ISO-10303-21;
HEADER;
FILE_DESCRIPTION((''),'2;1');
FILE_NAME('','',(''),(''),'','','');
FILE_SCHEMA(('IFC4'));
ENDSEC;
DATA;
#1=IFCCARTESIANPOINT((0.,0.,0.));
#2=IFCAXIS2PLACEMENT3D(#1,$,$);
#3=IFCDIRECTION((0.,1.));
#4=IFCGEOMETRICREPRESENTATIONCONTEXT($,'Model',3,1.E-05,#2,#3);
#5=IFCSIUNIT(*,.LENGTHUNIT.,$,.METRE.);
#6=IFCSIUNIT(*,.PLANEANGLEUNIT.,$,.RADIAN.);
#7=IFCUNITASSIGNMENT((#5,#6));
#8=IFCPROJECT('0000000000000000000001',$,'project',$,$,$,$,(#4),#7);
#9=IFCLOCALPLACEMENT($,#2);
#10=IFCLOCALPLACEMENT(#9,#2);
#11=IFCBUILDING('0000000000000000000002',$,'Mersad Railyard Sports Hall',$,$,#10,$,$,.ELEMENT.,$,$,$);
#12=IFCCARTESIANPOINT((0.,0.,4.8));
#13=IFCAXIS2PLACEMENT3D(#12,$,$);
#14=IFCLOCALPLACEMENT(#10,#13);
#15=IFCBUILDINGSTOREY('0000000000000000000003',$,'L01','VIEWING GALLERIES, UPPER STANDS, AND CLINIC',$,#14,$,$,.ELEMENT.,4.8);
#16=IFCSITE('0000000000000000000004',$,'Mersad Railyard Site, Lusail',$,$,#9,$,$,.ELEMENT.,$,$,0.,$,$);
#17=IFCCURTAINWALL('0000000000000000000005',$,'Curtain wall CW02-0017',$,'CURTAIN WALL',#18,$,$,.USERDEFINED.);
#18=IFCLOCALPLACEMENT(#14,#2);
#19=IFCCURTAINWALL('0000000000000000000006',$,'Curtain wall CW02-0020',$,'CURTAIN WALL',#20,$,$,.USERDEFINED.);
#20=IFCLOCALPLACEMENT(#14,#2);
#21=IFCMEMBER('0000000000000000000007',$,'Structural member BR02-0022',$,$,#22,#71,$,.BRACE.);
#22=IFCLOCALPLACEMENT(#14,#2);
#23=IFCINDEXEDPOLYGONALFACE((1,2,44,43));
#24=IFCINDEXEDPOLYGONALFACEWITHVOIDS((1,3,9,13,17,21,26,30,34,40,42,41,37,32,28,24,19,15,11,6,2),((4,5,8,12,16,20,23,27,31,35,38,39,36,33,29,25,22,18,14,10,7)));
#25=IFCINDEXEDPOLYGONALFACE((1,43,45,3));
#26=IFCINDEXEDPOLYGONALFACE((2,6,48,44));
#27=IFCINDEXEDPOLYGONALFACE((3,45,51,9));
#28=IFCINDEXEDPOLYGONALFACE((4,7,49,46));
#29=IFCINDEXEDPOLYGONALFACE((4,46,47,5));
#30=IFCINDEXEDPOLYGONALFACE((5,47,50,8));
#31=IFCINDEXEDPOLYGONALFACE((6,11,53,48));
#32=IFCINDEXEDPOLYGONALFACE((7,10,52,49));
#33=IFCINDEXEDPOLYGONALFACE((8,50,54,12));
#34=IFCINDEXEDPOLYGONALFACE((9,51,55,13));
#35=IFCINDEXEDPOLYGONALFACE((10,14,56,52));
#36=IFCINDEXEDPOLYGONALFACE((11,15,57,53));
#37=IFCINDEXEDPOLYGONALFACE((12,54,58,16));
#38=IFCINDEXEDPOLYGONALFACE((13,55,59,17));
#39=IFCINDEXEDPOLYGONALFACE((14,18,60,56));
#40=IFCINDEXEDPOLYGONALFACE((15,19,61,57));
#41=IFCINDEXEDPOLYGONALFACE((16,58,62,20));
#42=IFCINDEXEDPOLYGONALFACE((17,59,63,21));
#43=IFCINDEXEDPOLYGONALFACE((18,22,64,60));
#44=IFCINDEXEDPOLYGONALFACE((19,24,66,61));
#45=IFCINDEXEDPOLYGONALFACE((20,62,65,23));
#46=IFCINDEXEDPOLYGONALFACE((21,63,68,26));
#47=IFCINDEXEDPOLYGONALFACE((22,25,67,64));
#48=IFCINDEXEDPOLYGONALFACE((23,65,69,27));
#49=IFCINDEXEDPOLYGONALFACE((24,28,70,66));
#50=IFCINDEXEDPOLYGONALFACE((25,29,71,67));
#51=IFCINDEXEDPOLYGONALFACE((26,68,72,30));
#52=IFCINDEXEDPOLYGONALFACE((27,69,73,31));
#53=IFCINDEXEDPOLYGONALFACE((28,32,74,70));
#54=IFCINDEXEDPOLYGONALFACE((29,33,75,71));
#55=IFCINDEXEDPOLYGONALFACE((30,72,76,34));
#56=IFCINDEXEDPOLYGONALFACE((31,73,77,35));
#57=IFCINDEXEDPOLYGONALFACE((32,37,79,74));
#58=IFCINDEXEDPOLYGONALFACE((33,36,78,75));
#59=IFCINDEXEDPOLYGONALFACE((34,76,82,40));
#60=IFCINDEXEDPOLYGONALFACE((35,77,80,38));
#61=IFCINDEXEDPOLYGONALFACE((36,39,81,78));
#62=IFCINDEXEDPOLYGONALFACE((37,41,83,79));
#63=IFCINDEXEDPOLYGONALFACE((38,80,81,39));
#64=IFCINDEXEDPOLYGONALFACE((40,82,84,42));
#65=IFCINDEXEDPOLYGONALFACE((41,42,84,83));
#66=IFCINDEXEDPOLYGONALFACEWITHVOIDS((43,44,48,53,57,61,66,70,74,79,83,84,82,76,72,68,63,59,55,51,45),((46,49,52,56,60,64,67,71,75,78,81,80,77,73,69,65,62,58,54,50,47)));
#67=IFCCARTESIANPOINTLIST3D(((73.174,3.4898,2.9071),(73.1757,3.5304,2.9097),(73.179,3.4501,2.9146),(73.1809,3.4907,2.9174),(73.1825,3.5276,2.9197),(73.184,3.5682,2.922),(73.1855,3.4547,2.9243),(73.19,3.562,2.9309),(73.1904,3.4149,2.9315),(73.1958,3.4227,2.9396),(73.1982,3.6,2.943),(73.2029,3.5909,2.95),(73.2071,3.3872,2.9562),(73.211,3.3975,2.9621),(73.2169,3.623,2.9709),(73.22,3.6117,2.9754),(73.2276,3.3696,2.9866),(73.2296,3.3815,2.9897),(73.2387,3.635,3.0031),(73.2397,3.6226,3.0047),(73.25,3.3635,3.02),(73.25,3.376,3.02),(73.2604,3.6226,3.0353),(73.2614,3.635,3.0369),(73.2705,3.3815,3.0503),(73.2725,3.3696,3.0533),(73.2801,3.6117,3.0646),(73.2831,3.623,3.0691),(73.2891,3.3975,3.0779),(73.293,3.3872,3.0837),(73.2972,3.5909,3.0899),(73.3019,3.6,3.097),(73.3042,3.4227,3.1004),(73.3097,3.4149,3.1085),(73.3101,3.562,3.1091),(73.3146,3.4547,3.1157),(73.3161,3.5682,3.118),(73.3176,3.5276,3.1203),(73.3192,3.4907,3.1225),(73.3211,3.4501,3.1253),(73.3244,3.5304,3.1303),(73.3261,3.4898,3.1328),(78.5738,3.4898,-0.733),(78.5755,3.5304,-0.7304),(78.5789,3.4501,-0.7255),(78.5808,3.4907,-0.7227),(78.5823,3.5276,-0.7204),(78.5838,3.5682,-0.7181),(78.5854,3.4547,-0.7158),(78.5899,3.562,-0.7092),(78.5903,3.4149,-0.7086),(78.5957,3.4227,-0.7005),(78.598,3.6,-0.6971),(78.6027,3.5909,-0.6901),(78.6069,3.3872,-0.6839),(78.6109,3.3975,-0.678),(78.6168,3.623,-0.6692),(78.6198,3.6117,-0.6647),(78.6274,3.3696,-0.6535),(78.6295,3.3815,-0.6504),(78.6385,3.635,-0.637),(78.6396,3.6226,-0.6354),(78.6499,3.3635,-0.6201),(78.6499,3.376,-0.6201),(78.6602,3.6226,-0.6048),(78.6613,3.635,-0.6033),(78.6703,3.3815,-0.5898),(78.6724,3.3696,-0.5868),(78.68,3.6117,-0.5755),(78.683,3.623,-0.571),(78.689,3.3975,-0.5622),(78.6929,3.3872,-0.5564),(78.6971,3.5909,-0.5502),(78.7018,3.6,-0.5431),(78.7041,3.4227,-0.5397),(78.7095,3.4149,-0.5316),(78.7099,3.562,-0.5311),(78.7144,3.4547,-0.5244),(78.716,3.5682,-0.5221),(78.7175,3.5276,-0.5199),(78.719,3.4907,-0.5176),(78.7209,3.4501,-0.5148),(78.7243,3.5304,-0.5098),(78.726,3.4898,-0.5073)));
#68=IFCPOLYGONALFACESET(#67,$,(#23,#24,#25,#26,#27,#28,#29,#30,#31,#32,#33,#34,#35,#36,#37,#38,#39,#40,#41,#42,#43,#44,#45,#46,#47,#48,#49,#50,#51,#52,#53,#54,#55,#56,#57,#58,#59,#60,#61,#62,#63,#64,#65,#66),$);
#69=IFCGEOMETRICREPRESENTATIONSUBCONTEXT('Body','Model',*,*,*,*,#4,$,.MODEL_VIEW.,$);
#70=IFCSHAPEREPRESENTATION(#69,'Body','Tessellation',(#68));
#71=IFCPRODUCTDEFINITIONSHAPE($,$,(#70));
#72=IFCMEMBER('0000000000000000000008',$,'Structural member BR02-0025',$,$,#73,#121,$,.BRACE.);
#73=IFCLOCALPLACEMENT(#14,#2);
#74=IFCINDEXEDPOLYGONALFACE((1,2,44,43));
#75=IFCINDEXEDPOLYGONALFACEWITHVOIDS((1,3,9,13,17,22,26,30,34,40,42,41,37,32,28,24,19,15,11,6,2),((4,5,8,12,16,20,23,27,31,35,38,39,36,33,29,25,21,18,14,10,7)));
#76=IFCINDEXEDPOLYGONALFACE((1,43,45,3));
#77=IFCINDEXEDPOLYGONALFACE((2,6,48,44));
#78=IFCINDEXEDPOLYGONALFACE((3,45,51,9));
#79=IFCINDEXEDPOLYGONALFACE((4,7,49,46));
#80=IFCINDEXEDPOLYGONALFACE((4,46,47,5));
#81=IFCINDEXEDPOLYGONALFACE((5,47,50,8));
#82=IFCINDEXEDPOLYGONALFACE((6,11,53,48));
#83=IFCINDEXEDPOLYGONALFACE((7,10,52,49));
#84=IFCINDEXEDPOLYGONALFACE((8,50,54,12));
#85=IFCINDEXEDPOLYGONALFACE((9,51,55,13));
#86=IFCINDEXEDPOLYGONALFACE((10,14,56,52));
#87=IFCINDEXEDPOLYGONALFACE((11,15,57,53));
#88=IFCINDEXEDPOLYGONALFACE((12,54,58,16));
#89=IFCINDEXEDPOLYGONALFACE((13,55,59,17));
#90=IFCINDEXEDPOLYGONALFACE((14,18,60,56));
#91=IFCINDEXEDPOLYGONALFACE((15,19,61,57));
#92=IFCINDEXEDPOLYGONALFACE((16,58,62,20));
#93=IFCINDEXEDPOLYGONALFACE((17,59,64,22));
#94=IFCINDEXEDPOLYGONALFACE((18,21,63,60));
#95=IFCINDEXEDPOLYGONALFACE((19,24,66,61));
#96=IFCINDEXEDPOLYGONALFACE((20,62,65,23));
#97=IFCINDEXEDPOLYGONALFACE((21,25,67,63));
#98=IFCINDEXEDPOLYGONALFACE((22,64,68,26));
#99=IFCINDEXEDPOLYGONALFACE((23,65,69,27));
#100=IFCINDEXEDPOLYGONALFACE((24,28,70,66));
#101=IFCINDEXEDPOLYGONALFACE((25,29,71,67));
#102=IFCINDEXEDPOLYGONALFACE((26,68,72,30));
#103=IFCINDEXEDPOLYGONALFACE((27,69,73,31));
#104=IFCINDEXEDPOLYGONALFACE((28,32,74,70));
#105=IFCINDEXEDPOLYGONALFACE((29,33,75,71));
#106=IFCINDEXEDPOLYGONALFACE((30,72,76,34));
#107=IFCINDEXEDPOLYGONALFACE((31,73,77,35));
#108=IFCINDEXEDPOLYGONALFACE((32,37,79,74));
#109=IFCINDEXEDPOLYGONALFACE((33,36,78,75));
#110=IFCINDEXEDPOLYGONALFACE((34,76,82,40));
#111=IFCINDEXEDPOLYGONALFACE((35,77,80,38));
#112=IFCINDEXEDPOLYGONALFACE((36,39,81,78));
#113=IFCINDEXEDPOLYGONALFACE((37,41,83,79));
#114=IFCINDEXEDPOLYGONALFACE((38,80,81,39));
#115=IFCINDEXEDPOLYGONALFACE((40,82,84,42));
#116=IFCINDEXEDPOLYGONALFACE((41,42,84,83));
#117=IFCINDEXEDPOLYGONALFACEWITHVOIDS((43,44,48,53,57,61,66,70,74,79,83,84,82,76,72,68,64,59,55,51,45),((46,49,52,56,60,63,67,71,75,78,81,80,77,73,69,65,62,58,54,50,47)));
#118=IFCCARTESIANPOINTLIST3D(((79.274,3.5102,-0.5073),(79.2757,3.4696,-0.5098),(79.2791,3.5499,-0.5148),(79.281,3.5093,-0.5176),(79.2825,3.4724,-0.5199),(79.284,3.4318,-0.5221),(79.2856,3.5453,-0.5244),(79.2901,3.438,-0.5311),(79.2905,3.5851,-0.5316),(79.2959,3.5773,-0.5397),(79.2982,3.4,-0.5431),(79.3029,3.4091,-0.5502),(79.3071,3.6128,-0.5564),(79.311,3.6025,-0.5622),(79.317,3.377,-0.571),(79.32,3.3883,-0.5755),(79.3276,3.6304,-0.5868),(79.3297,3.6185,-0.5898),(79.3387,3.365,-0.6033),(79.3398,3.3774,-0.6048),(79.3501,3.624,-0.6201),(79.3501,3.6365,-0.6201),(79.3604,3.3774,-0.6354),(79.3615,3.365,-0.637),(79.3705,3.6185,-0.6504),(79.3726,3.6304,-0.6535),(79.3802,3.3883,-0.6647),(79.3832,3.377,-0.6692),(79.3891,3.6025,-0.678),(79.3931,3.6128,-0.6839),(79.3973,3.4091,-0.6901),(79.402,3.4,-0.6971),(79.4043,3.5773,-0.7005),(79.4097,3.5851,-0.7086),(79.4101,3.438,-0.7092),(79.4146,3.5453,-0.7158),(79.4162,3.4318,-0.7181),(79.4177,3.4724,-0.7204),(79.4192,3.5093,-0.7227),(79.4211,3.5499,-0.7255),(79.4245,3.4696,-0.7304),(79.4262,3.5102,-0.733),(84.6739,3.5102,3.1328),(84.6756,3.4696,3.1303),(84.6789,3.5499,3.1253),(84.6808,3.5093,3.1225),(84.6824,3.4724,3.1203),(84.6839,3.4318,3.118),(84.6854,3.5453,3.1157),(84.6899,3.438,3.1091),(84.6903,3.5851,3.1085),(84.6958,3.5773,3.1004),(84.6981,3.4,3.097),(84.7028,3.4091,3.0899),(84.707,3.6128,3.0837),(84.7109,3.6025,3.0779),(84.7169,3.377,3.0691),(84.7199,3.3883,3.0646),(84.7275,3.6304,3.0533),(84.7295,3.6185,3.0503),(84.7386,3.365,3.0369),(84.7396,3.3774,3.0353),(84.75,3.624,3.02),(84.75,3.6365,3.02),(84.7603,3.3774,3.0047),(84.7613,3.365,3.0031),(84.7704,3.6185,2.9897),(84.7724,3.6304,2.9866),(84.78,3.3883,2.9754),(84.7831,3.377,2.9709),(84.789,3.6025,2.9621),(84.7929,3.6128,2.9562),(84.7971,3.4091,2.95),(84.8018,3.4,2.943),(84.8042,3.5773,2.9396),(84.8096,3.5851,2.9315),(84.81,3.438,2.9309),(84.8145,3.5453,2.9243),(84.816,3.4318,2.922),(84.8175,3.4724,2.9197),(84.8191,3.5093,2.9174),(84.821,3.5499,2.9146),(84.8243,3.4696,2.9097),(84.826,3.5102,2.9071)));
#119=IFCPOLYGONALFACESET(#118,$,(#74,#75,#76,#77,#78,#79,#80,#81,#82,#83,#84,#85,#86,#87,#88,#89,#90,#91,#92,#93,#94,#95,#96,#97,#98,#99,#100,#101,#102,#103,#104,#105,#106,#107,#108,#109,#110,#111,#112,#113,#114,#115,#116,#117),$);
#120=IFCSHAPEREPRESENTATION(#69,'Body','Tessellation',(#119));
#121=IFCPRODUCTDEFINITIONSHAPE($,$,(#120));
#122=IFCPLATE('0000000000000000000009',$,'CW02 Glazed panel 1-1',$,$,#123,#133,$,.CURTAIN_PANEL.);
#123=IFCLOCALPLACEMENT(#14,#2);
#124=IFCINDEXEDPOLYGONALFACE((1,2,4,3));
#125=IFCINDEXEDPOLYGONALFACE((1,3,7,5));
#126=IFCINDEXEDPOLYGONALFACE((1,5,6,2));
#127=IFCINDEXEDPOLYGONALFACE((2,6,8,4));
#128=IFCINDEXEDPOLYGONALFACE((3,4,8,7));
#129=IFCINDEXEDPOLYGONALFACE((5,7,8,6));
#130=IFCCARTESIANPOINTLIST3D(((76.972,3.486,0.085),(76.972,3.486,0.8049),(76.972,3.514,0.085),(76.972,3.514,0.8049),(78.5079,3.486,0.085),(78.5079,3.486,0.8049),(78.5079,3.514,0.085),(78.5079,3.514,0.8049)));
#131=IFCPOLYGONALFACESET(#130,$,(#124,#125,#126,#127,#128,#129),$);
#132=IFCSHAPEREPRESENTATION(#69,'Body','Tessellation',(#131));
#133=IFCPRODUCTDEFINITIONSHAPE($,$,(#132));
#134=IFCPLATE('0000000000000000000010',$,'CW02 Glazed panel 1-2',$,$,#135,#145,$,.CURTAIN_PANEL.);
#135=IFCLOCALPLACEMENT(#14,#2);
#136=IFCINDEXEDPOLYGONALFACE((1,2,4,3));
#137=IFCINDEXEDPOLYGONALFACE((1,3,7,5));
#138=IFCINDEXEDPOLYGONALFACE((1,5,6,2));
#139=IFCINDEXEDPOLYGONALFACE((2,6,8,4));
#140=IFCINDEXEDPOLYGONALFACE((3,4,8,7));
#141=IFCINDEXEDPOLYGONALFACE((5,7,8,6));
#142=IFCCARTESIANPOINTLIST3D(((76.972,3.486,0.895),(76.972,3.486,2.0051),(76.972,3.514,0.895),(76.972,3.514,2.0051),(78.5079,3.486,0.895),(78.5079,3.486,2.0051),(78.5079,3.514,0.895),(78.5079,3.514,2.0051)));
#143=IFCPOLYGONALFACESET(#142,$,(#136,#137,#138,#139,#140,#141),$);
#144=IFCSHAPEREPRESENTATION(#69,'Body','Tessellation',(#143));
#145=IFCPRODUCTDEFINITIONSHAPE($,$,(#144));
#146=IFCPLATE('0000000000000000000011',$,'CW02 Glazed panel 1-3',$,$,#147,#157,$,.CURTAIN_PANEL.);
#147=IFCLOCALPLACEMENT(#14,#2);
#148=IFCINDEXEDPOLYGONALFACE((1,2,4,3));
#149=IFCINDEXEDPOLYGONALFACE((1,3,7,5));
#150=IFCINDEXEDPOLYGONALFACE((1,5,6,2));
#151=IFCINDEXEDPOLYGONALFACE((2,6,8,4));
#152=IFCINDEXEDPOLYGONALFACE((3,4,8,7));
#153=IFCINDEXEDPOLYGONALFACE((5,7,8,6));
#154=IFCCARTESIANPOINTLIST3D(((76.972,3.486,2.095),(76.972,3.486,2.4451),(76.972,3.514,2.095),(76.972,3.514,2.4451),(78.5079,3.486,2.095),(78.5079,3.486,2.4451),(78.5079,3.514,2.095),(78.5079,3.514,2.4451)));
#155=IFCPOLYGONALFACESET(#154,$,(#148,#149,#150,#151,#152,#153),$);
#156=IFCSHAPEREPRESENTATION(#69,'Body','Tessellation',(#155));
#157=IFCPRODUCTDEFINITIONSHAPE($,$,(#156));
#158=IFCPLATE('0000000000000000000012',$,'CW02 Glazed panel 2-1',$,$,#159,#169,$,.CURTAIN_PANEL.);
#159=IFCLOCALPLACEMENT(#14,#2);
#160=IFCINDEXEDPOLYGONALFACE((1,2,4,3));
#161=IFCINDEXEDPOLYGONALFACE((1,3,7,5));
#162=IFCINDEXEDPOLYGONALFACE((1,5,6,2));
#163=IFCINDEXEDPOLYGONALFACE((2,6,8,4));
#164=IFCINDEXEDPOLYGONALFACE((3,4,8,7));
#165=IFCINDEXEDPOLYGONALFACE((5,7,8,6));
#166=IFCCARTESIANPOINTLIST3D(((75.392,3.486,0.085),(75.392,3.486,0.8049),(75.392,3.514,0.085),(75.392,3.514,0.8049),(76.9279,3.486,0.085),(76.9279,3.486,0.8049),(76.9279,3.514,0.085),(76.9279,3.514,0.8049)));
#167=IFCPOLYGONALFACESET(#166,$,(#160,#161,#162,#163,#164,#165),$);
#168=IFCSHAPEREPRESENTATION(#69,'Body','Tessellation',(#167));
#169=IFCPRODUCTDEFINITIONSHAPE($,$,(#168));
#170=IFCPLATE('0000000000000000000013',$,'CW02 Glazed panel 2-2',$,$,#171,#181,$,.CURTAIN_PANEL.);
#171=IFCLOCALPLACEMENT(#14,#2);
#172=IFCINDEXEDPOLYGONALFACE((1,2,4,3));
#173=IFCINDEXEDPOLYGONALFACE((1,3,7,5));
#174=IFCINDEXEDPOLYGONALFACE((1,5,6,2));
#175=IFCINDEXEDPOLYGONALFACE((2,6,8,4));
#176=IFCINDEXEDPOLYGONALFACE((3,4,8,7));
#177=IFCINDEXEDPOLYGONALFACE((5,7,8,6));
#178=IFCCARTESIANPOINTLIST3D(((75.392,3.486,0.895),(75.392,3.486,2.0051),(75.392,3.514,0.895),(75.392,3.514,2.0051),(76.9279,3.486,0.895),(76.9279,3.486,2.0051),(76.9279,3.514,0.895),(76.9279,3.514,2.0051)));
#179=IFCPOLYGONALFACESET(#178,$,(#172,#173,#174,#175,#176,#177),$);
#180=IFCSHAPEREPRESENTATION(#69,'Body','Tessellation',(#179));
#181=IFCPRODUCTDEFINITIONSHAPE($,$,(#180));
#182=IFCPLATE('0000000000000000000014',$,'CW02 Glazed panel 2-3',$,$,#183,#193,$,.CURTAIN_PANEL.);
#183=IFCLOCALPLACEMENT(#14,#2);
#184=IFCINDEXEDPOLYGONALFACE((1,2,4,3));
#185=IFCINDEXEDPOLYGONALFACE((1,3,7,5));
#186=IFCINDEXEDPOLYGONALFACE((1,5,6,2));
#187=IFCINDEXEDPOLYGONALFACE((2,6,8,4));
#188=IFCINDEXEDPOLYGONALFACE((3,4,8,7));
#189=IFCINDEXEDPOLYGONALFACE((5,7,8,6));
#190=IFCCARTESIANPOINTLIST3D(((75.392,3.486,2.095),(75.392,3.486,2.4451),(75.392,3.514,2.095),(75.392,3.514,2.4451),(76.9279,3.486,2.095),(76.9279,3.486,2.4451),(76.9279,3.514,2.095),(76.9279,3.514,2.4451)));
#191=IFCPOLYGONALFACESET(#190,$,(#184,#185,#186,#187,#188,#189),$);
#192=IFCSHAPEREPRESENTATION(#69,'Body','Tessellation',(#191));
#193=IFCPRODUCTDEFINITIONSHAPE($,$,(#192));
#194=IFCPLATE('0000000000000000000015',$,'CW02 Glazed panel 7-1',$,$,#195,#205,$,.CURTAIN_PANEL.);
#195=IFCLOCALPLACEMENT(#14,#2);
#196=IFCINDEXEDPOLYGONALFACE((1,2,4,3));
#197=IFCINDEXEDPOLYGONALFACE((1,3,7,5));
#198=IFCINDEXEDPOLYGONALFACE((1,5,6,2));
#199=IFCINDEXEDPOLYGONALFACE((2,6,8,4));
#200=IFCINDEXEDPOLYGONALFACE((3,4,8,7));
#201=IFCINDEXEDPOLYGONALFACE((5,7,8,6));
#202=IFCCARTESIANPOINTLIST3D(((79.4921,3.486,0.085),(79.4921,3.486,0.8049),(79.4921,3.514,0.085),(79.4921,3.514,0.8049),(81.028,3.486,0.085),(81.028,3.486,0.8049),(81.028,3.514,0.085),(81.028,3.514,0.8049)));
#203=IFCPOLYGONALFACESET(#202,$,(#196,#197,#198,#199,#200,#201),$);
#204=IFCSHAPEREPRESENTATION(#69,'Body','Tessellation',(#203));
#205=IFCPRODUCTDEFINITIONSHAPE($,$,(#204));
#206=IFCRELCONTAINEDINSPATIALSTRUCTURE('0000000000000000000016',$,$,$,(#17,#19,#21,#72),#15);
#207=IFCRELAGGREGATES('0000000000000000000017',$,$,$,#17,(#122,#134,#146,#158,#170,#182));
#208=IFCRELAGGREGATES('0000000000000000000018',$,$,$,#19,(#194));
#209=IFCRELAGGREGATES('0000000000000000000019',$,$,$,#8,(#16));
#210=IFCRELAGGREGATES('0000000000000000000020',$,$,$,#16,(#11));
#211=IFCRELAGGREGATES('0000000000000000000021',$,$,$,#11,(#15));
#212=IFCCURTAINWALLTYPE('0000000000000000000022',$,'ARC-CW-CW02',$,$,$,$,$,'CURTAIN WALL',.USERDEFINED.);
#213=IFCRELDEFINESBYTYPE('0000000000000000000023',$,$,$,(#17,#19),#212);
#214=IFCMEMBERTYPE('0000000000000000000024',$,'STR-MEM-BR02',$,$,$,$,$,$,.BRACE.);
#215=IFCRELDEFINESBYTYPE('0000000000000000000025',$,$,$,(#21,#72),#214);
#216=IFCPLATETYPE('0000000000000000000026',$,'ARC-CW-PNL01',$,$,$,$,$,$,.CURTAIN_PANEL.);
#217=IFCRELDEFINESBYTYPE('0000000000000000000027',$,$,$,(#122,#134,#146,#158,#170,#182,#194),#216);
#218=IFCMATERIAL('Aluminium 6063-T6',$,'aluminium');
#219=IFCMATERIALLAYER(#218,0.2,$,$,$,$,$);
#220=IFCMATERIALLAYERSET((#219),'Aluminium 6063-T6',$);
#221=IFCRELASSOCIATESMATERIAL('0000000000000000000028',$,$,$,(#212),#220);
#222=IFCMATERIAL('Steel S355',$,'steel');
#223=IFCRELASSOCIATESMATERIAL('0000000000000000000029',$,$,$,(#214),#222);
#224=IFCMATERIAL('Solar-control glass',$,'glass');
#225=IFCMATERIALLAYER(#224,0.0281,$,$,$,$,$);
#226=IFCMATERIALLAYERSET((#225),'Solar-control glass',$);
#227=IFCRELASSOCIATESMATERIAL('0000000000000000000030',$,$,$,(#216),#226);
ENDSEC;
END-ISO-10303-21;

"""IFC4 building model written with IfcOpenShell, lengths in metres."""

from ifc_helpers import new_model, si_unit, direction, frame, origin, origin_2d, place, context, subcontext, project, spatial, rectangle, hollow_circle, extrude, material, layer, layer_set, material_profile, profile_set, type_object, element, aggregate, save


model = new_model("IFC4")

# Units and contexts
model_context = context("Model", 3, precision=1e-05, world=origin(), true_north=direction((0.0, 1.0)))
body_context = subcontext(model_context, "Body", "Model", "MODEL_VIEW")
ifc_project = project(units=[si_unit("LENGTHUNIT", "METRE"), si_unit("PLANEANGLEUNIT", "RADIAN")], contexts=[model_context])

# Site, building, storey
site_placement = place(None, origin())
site = spatial("IfcSite", under=ifc_project, at=site_placement, Name="Mersad Railyard Site, Lusail", CompositionType="ELEMENT", RefElevation=0.0)
building_placement = place(site_placement, origin())
building = spatial("IfcBuilding", under=site, at=building_placement, Name="Mersad Railyard Sports Hall", CompositionType="ELEMENT")
storey_placement = place(building_placement, frame((0.0, 0.0, 4.8)))
storey = spatial("IfcBuildingStorey", under=building, at=storey_placement, Name="L01", Description="VIEWING GALLERIES, UPPER STANDS, AND CLINIC", CompositionType="ELEMENT", Elevation=4.8)

# Curtain walls
ifc_material_1 = material(Name="Aluminium 6063-T6", Category="aluminium")
ifc_layer_1 = layer(ifc_material_1, 0.2)
ifc_layer_set_1 = layer_set([ifc_layer_1], Name="Aluminium 6063-T6")
curtain_wall_type = type_object("IfcCurtainWallType", Name="ARC-CW-CW02", ElementType="CURTAIN WALL", PredefinedType="USERDEFINED", material=ifc_layer_set_1)
curtain_wall_1_placement = place(storey_placement, origin())
curtain_wall_1 = element("IfcCurtainWall", 1, at=curtain_wall_1_placement, inside=storey, type_object=curtain_wall_type, Name="Curtain wall CW02-0017", ObjectType="CURTAIN WALL", PredefinedType="USERDEFINED")
curtain_wall_2_placement = place(storey_placement, origin())
curtain_wall_2 = element("IfcCurtainWall", 2, at=curtain_wall_2_placement, inside=storey, type_object=curtain_wall_type, Name="Curtain wall CW02-0020", ObjectType="CURTAIN WALL", PredefinedType="USERDEFINED")

# Members
ifc_material_2 = material(Name="Steel S355", Category="steel")
ifc_material_profile_1 = material_profile(ifc_material_2, hollow_circle(Radius=0.1365, WallThickness=0.0125, at=origin_2d()), Name="CHS 273x12.5")
ifc_profile_set_1 = profile_set([ifc_material_profile_1], Name="Steel S355")
member_type_1 = type_object("IfcMemberType", Name="STR-MEM-BR02", PredefinedType="BRACE", material=ifc_profile_set_1)
for number, where, z_axis, x_axis, name in (
    (3, (78.6499, 3.5, -0.6201), (-0.82919, 0.0, 0.558967), (0.0, -1.0, 0.0), "Structural member BR02-0022"),
    (4, (79.3501, 3.5, -0.6201), (0.82919, 0.0, 0.558967), (0.0, 1.0, 0.0), "Structural member BR02-0025"),
):
    element("IfcMember", number, at=place(storey_placement, frame(where, z_axis=z_axis, x_axis=x_axis)), inside=storey, type_object=member_type_1, Name=name, PredefinedType="BRACE", context=body_context, shape_type="SweptSolid", body=[
        extrude(hollow_circle(Radius=0.1365, WallThickness=0.0125, at=origin_2d()), origin(), (0.0, 0.0, 1.0), 6.5122),
    ])

# Plates
ifc_material_3 = material(Name="Solar-control glass", Category="glass")
ifc_layer_2 = layer(ifc_material_3, 0.0281)
ifc_layer_set_2 = layer_set([ifc_layer_2], Name="Solar-control glass")
plate_type_1 = type_object("IfcPlateType", Name="ARC-CW-PNL01", PredefinedType="CURTAIN_PANEL", material=ifc_layer_set_2)
plate_1_placement = place(storey_placement, frame((77.74, 3.5, 0.085), z_axis=(0.0, 0.0, 1.0), x_axis=(-1.0, 0.0, 0.0)))
plate_1 = element("IfcPlate", 5, at=plate_1_placement, type_object=plate_type_1, Name="CW02 Glazed panel 1-1", PredefinedType="CURTAIN_PANEL", context=body_context, shape_type="SweptSolid", body=[
    extrude(rectangle(XDim=1.5359, YDim=0.0281, at=origin_2d()), origin(), (0.0, 0.0, 1.0), 0.72),
])
plate_2_placement = place(storey_placement, frame((77.74, 3.5, 0.895), z_axis=(0.0, 0.0, 1.0), x_axis=(-1.0, 0.0, 0.0)))
plate_2 = element("IfcPlate", 6, at=plate_2_placement, type_object=plate_type_1, Name="CW02 Glazed panel 1-2", PredefinedType="CURTAIN_PANEL", context=body_context, shape_type="SweptSolid", body=[
    extrude(rectangle(XDim=1.5359, YDim=0.0281, at=origin_2d()), origin(), (0.0, 0.0, 1.0), 1.1101),
])
plate_3_placement = place(storey_placement, frame((77.74, 3.5, 2.095), z_axis=(0.0, 0.0, 1.0), x_axis=(-1.0, 0.0, 0.0)))
plate_3 = element("IfcPlate", 7, at=plate_3_placement, type_object=plate_type_1, Name="CW02 Glazed panel 1-3", PredefinedType="CURTAIN_PANEL", context=body_context, shape_type="SweptSolid", body=[
    extrude(rectangle(XDim=1.5359, YDim=0.0281, at=origin_2d()), origin(), (0.0, 0.0, 1.0), 0.3501),
])
plate_4_placement = place(storey_placement, frame((76.1599, 3.5, 0.085), z_axis=(0.0, 0.0, 1.0), x_axis=(-1.0, 0.0, 0.0)))
plate_4 = element("IfcPlate", 8, at=plate_4_placement, type_object=plate_type_1, Name="CW02 Glazed panel 2-1", PredefinedType="CURTAIN_PANEL", context=body_context, shape_type="SweptSolid", body=[
    extrude(rectangle(XDim=1.5359, YDim=0.0281, at=origin_2d()), origin(), (0.0, 0.0, 1.0), 0.72),
])
plate_5_placement = place(storey_placement, frame((76.1599, 3.5, 0.895), z_axis=(0.0, 0.0, 1.0), x_axis=(-1.0, 0.0, 0.0)))
plate_5 = element("IfcPlate", 9, at=plate_5_placement, type_object=plate_type_1, Name="CW02 Glazed panel 2-2", PredefinedType="CURTAIN_PANEL", context=body_context, shape_type="SweptSolid", body=[
    extrude(rectangle(XDim=1.5359, YDim=0.0281, at=origin_2d()), origin(), (0.0, 0.0, 1.0), 1.1101),
])
plate_6_placement = place(storey_placement, frame((76.1599, 3.5, 2.095), z_axis=(0.0, 0.0, 1.0), x_axis=(-1.0, 0.0, 0.0)))
plate_6 = element("IfcPlate", 10, at=plate_6_placement, type_object=plate_type_1, Name="CW02 Glazed panel 2-3", PredefinedType="CURTAIN_PANEL", context=body_context, shape_type="SweptSolid", body=[
    extrude(rectangle(XDim=1.5359, YDim=0.0281, at=origin_2d()), origin(), (0.0, 0.0, 1.0), 0.3501),
])
aggregate(curtain_wall_1, [plate_1, plate_2, plate_3, plate_4, plate_5, plate_6])
plate_7_placement = place(storey_placement, frame((80.26, 3.5, 0.085), z_axis=(0.0, 0.0, 1.0), x_axis=(-1.0, 0.0, 0.0)))
plate_7 = element("IfcPlate", 11, at=plate_7_placement, type_object=plate_type_1, Name="CW02 Glazed panel 7-1", PredefinedType="CURTAIN_PANEL", context=body_context, shape_type="SweptSolid", body=[
    extrude(rectangle(XDim=1.5359, YDim=0.0281, at=origin_2d()), origin(), (0.0, 0.0, 1.0), 0.72),
])
aggregate(curtain_wall_2, [plate_7])

save(model, "model.ifc")
